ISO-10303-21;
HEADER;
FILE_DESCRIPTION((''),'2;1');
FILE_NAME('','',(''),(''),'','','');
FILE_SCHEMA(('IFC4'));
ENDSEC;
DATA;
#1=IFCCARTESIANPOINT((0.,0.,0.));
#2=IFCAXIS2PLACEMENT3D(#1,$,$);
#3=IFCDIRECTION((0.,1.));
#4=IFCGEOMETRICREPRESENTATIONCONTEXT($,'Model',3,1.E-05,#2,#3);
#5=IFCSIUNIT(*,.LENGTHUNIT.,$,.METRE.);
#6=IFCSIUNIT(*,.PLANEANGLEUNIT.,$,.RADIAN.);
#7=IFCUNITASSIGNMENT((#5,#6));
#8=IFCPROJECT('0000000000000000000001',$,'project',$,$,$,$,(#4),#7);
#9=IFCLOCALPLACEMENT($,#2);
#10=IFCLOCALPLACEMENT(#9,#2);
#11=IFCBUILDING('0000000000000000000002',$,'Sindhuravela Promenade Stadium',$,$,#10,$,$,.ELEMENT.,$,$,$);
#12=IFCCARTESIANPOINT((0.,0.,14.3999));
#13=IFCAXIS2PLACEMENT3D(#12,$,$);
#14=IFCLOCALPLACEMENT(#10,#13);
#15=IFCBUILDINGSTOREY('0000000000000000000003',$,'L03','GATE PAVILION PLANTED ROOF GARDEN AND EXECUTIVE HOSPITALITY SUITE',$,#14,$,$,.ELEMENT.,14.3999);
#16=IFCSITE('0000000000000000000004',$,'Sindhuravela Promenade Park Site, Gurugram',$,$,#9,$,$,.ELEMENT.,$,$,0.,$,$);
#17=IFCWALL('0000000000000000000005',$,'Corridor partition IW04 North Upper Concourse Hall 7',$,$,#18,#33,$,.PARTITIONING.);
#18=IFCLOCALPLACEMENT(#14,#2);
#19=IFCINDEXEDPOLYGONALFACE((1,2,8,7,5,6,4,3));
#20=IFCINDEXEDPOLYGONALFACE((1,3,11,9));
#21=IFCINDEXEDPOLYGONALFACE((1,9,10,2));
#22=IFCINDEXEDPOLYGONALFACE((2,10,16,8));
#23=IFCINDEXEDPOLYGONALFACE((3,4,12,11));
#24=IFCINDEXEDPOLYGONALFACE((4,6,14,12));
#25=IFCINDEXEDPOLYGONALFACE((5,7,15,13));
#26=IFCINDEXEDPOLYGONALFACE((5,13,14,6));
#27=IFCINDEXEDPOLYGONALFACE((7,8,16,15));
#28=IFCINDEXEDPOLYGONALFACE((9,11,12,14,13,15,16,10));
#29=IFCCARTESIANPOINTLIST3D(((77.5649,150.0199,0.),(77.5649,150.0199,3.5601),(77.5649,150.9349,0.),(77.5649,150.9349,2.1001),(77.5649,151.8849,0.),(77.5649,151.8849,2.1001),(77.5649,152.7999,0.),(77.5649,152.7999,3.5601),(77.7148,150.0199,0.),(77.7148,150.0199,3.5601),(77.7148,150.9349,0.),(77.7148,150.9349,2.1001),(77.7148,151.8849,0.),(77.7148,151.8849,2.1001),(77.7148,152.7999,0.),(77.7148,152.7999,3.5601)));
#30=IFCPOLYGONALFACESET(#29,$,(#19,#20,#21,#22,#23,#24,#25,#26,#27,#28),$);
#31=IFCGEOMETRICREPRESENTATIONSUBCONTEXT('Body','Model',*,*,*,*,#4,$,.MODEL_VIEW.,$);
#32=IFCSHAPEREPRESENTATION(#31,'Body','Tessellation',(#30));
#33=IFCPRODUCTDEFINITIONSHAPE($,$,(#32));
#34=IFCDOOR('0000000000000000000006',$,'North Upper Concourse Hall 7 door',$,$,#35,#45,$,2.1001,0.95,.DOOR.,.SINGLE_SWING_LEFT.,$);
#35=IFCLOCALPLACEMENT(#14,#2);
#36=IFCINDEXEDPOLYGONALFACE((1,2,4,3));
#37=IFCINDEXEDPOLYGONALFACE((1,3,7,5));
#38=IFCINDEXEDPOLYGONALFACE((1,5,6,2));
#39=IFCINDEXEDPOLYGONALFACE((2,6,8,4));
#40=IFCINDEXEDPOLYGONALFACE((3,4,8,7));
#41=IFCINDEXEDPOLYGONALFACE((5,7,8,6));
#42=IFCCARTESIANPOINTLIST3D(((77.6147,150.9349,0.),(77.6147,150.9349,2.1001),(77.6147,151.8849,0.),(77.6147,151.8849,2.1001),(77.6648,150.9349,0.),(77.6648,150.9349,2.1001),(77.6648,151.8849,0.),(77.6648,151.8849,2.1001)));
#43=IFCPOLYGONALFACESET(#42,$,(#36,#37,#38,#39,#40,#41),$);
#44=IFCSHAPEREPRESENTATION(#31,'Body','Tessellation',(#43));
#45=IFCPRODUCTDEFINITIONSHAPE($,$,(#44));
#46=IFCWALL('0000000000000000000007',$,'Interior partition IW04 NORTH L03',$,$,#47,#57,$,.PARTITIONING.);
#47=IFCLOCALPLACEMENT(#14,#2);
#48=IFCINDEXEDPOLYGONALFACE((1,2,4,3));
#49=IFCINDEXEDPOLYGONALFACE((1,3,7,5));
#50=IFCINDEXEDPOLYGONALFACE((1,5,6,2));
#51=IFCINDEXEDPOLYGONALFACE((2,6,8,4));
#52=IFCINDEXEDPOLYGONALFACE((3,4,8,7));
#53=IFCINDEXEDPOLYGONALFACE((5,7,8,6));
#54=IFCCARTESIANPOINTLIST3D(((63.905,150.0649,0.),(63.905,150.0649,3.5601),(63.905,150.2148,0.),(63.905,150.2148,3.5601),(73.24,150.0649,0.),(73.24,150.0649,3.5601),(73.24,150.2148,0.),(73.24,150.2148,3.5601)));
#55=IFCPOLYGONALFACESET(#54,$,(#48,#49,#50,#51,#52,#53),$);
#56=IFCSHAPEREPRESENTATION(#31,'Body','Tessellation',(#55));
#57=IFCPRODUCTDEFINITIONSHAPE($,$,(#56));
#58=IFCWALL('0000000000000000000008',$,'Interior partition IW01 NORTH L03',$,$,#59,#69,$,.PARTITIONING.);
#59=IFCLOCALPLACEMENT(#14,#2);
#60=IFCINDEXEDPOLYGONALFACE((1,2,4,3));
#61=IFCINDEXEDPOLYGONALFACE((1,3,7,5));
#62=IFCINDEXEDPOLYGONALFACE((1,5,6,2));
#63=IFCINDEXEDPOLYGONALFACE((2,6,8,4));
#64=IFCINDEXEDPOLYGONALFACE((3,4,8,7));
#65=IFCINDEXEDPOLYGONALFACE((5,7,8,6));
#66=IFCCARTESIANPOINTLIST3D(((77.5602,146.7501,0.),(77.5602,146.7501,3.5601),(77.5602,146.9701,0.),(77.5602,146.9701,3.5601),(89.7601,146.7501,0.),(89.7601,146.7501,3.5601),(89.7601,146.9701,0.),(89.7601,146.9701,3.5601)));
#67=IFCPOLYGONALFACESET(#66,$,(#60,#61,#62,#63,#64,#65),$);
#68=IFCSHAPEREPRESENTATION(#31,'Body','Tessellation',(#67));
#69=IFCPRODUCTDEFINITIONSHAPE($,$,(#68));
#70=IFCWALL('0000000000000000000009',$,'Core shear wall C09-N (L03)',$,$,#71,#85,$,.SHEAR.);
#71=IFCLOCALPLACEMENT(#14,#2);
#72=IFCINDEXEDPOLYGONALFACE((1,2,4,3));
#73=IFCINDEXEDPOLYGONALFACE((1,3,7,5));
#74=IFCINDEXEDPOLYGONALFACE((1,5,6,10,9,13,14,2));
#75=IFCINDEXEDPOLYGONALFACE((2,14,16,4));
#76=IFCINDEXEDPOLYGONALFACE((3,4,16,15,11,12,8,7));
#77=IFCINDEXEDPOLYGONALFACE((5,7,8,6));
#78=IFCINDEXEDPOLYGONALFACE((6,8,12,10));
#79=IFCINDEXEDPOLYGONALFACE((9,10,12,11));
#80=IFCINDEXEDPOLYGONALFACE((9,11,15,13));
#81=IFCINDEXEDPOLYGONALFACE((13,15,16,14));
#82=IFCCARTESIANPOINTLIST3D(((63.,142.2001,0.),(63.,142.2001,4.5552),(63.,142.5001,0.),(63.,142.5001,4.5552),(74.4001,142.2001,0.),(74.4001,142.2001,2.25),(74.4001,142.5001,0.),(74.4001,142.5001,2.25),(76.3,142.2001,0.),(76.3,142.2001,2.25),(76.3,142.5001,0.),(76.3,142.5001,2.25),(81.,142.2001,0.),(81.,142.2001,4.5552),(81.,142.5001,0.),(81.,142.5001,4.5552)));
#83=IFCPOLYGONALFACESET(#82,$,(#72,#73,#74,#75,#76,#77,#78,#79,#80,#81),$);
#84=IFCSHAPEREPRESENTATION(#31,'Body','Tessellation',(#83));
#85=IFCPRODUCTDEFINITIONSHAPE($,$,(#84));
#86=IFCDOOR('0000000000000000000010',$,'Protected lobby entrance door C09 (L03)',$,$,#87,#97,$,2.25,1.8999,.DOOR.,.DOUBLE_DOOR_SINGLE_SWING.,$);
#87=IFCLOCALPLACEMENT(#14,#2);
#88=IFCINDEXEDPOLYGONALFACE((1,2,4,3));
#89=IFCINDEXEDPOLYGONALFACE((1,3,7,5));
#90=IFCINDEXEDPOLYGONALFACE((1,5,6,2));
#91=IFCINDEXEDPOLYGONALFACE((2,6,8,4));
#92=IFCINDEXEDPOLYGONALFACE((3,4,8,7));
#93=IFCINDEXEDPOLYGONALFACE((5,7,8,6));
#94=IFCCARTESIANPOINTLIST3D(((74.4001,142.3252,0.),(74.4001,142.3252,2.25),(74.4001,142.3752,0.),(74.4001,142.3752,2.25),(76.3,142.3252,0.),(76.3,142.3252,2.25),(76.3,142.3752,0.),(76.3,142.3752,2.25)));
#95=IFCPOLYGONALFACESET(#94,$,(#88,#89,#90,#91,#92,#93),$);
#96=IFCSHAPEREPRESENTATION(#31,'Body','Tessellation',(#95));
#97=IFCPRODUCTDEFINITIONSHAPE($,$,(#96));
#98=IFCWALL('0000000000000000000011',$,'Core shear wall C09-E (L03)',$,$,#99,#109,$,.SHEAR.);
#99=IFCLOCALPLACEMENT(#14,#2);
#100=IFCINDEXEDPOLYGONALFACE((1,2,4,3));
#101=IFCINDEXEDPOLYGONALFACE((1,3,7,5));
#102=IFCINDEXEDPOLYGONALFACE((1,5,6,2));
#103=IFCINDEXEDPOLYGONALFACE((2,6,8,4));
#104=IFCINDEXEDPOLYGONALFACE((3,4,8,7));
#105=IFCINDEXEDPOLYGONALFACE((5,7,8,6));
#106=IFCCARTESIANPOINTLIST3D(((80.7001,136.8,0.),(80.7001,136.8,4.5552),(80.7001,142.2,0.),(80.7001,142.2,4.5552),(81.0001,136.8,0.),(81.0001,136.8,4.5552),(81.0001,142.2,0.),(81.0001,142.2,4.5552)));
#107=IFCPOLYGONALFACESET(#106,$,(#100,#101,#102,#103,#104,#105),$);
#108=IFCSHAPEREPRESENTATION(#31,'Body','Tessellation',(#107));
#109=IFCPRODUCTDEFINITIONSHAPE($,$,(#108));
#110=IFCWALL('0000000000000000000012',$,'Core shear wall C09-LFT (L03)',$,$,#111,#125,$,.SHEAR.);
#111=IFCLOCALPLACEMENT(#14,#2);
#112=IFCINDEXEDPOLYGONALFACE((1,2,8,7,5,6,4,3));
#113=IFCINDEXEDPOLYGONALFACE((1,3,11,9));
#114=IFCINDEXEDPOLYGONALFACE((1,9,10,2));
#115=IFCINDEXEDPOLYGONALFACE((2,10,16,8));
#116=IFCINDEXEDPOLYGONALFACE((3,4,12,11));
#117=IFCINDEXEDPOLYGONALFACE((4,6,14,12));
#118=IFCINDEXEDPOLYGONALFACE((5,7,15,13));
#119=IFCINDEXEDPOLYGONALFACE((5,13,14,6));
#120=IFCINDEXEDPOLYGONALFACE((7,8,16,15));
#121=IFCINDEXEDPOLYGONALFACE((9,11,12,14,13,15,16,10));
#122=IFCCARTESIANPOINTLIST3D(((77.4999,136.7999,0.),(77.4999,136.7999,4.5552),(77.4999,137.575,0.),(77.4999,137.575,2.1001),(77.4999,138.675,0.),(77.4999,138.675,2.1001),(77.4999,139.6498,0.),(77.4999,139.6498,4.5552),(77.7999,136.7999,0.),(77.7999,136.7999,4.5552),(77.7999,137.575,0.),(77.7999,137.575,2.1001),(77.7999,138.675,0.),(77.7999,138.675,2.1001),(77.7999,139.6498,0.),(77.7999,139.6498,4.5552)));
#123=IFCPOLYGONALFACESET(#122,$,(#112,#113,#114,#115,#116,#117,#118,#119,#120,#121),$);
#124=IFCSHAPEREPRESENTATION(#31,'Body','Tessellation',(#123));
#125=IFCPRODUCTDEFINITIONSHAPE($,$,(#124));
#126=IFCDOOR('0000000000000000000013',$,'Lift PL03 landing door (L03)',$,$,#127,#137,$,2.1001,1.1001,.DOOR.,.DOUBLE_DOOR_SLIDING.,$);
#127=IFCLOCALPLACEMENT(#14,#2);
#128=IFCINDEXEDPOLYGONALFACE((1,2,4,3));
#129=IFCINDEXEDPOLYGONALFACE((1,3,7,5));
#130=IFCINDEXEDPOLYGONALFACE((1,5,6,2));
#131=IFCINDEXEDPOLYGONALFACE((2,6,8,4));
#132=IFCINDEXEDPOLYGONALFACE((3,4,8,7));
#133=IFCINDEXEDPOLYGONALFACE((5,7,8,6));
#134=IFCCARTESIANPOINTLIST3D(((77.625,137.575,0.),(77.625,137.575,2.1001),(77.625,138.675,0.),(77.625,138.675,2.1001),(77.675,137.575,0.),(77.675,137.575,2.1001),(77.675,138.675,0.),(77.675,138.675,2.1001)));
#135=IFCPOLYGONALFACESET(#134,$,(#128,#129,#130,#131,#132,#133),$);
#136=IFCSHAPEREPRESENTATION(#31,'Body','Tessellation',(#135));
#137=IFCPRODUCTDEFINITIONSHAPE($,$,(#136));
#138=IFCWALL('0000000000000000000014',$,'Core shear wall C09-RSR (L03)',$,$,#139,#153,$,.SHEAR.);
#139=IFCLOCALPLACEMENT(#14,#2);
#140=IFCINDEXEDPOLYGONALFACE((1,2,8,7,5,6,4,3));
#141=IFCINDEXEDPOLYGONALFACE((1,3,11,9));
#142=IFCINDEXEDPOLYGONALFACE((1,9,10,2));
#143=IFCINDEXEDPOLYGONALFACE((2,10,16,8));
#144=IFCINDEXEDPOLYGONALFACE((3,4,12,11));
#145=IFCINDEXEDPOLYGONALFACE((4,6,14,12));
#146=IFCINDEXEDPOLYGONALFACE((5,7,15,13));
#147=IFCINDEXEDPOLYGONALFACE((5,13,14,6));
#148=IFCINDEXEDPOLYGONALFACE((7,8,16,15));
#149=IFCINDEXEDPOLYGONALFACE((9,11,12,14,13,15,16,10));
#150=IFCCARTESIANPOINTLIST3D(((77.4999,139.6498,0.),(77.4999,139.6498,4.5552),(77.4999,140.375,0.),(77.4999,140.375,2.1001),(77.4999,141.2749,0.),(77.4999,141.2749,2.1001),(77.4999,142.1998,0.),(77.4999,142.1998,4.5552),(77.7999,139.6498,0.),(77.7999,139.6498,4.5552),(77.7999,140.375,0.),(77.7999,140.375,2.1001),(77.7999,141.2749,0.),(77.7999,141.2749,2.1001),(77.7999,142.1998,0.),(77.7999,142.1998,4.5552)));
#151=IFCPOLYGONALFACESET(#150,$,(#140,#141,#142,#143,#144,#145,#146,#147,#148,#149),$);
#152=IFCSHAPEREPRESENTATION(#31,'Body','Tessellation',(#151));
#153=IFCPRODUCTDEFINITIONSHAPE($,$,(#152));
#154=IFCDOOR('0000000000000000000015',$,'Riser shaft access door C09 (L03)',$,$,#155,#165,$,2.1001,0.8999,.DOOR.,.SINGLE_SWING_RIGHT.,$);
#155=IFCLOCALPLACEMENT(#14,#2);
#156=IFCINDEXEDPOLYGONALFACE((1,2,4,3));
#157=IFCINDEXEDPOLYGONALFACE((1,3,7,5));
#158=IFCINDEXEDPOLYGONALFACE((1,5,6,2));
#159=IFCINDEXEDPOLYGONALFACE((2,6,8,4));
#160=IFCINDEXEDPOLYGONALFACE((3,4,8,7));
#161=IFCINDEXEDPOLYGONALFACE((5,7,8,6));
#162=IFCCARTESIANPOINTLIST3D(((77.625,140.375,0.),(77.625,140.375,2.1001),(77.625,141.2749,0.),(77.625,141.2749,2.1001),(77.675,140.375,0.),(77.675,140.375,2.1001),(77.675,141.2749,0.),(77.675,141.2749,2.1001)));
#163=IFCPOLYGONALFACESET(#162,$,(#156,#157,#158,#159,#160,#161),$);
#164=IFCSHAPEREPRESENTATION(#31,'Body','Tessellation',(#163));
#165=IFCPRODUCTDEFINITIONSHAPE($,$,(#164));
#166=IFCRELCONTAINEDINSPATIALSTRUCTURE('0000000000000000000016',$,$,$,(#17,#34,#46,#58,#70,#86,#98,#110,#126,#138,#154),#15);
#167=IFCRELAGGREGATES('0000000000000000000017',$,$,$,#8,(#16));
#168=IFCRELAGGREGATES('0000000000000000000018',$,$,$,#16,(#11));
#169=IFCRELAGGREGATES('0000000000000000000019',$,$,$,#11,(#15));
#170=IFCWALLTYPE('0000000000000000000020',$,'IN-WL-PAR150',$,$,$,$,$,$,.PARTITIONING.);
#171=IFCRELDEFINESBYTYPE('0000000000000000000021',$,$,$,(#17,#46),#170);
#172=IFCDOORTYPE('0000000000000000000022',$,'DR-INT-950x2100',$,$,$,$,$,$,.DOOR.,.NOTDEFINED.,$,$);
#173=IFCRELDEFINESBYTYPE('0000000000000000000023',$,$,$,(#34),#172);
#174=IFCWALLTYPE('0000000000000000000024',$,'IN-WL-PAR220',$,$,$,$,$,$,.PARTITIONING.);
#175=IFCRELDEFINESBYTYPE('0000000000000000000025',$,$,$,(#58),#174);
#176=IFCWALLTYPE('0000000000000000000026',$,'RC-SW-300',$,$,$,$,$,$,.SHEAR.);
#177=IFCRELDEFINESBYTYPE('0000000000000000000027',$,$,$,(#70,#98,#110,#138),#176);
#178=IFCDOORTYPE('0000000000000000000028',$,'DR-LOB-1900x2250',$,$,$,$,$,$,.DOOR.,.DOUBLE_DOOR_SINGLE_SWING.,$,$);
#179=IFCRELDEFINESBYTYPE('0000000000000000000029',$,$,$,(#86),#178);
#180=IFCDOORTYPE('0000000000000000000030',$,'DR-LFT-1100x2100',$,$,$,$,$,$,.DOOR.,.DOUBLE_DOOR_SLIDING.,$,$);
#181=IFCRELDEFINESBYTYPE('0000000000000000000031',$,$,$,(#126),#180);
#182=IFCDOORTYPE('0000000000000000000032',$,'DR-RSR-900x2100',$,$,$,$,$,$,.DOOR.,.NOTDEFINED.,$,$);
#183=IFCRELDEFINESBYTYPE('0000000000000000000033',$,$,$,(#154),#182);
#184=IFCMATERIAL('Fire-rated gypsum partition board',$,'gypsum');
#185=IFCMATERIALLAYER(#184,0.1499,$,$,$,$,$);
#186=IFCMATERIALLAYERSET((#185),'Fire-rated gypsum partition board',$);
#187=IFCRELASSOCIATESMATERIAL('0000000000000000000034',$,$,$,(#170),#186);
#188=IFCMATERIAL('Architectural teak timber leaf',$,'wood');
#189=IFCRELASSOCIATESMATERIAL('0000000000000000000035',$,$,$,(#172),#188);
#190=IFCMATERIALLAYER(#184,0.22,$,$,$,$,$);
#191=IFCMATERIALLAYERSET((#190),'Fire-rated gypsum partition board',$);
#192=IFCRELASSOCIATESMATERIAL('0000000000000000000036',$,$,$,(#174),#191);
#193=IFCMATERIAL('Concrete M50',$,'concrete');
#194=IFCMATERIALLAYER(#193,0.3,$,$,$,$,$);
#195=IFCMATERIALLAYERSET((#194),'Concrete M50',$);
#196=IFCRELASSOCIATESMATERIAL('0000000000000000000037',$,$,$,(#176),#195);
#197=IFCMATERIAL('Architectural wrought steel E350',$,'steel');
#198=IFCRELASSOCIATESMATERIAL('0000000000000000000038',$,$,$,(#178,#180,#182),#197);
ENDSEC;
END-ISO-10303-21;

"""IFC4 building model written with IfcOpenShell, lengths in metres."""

from ifc_helpers import new_model, si_unit, direction, frame, frame_2d, origin, place, context, subcontext, project, spatial, rectangle, extrude, material, layer, layer_set, type_object, element, fill, save


model = new_model("IFC4")

# Units and contexts
model_context = context("Model", 3, precision=1e-05, world=origin(), true_north=direction((0.0, 1.0)))
body_context = subcontext(model_context, "Body", "Model", "MODEL_VIEW")
ifc_project = project(units=[si_unit("LENGTHUNIT", "METRE"), si_unit("PLANEANGLEUNIT", "RADIAN")], contexts=[model_context])

# Site, building, storey
site_placement = place(None, origin())
site = spatial("IfcSite", under=ifc_project, at=site_placement, Name="Sindhuravela Promenade Park Site, Gurugram", CompositionType="ELEMENT", RefElevation=0.0)
building_placement = place(site_placement, origin())
building = spatial("IfcBuilding", under=site, at=building_placement, Name="Sindhuravela Promenade Stadium", CompositionType="ELEMENT")
storey_placement = place(building_placement, frame((0.0, 0.0, 14.3999)))
storey = spatial("IfcBuildingStorey", under=building, at=storey_placement, Name="L03", Description="GATE PAVILION PLANTED ROOF GARDEN AND EXECUTIVE HOSPITALITY SUITE", CompositionType="ELEMENT", Elevation=14.3999)

# Wall, opening, door
ifc_material_1 = material(Name="Fire-rated gypsum partition board", Category="gypsum")
ifc_material_2 = material(Name="Architectural teak timber leaf", Category="wood")
ifc_layer_1 = layer(ifc_material_1, 0.1499)
ifc_layer_set_1 = layer_set([ifc_layer_1], Name="Fire-rated gypsum partition board")
wall_type_1 = type_object("IfcWallType", Name="IN-WL-PAR150", PredefinedType="PARTITIONING", material=ifc_layer_set_1)
wall_1_placement = place(storey_placement, frame((77.6399, 152.8, 0.0), z_axis=(0.0, 0.0, 1.0), x_axis=(0.0, -1.0, 0.0)))
wall_1 = element("IfcWall", 1, at=wall_1_placement, inside=storey, type_object=wall_type_1, Name="Corridor partition IW04 North Upper Concourse Hall 7", PredefinedType="PARTITIONING", context=body_context, shape_type="SweptSolid", body=[
    extrude(rectangle(XDim=2.78, YDim=0.1499, at=frame_2d((1.3901, 0.0))), origin(), (0.0, 0.0, 1.0), 3.5601),
])
opening_1_placement = place(wall_1_placement, frame((0.915, 0.0, 0.0)))
opening_1 = element("IfcOpeningElement", 2, at=opening_1_placement, cuts=wall_1, PredefinedType="OPENING", context=body_context, shape_type="SweptSolid", body=[
    extrude(rectangle(XDim=0.95, YDim=2.1001, at=frame_2d((0.4751, 1.05))), frame((0.0, 0.085, 0.0), z_axis=(0.0, -1.0, 0.0), x_axis=(1.0, 0.0, 0.0)), (0.0, 0.0, 1.0), 0.1699),
])
door_type_1 = type_object("IfcDoorType", Name="DR-INT-950x2100", OperationType="NOTDEFINED", PredefinedType="DOOR", material=ifc_material_2)
door_1_placement = place(opening_1_placement, origin())
door_1 = element("IfcDoor", 3, at=door_1_placement, inside=storey, type_object=door_type_1, Name="North Upper Concourse Hall 7 door", OperationType="SINGLE_SWING_LEFT", OverallHeight=2.1001, OverallWidth=0.95, PredefinedType="DOOR", context=body_context, shape_type="SweptSolid", body=[
    extrude(rectangle(XDim=0.95, YDim=2.1001, at=frame_2d((0.4751, 1.05))), frame((0.0, 0.0249, 0.0), z_axis=(0.0, -1.0, 0.0), x_axis=(1.0, 0.0, 0.0)), (0.0, 0.0, 1.0), 0.05),
])
fill(opening_1, door_1)

# Walls
wall_2_placement = place(storey_placement, frame((73.24, 150.1399, 0.0), z_axis=(0.0, 0.0, 1.0), x_axis=(-1.0, 0.0, 0.0)))
element("IfcWall", 4, at=wall_2_placement, inside=storey, type_object=wall_type_1, Name="Interior partition IW04 NORTH L03", PredefinedType="PARTITIONING", context=body_context, shape_type="SweptSolid", body=[
    extrude(rectangle(XDim=9.335, YDim=0.1499, at=frame_2d((4.6675, 0.0))), origin(), (0.0, 0.0, 1.0), 3.5601),
])
ifc_layer_2 = layer(ifc_material_1, 0.22)
ifc_layer_set_2 = layer_set([ifc_layer_2], Name="Fire-rated gypsum partition board")
wall_type_2 = type_object("IfcWallType", Name="IN-WL-PAR220", PredefinedType="PARTITIONING", material=ifc_layer_set_2)
wall_3_placement = place(storey_placement, frame((77.5601, 146.8601, 0.0), z_axis=(0.0, 0.0, 1.0), x_axis=(1.0, 0.0, 0.0)))
element("IfcWall", 5, at=wall_3_placement, inside=storey, type_object=wall_type_2, Name="Interior partition IW01 NORTH L03", PredefinedType="PARTITIONING", context=body_context, shape_type="SweptSolid", body=[
    extrude(rectangle(XDim=12.2, YDim=0.22, at=frame_2d((6.1001, 0.0))), origin(), (0.0, 0.0, 1.0), 3.5601),
])

# Wall, opening, door
ifc_material_3 = material(Name="Concrete M50", Category="concrete")
ifc_layer_3 = layer(ifc_material_3, 0.3)
ifc_layer_set_3 = layer_set([ifc_layer_3], Name="Concrete M50")
wall_type_3 = type_object("IfcWallType", Name="RC-SW-300", PredefinedType="SHEAR", material=ifc_layer_set_3)
wall_4_placement = place(storey_placement, frame((81.0, 142.3501, 0.0), z_axis=(0.0, 0.0, 1.0), x_axis=(-1.0, 0.0, 0.0)))
wall_4 = element("IfcWall", 6, at=wall_4_placement, inside=storey, type_object=wall_type_3, Name="Core shear wall C09-N (L03)", PredefinedType="SHEAR", context=body_context, shape_type="SweptSolid", body=[
    extrude(rectangle(XDim=18.0, YDim=0.3, at=frame_2d((9.0, 0.0))), origin(), (0.0, 0.0, 1.0), 4.5552),
])
opening_2_placement = place(wall_4_placement, frame((4.7, 0.0, 0.0)))
opening_2 = element("IfcOpeningElement", 7, at=opening_2_placement, cuts=wall_4, PredefinedType="OPENING", context=body_context, shape_type="SweptSolid", body=[
    extrude(rectangle(XDim=1.8999, YDim=2.25, at=frame_2d((0.95, 1.125))), frame((0.0, 0.1599, 0.0), z_axis=(0.0, -1.0, 0.0), x_axis=(1.0, 0.0, 0.0)), (0.0, 0.0, 1.0), 0.3201),
])
ifc_material_4 = material(Name="Architectural wrought steel E350", Category="steel")
door_type_2 = type_object("IfcDoorType", Name="DR-LOB-1900x2250", OperationType="DOUBLE_DOOR_SINGLE_SWING", PredefinedType="DOOR", material=ifc_material_4)
door_2_placement = place(opening_2_placement, origin())
door_2 = element("IfcDoor", 8, at=door_2_placement, inside=storey, type_object=door_type_2, Name="Protected lobby entrance door C09 (L03)", OperationType="DOUBLE_DOOR_SINGLE_SWING", OverallHeight=2.25, OverallWidth=1.8999, PredefinedType="DOOR", context=body_context, shape_type="SweptSolid", body=[
    extrude(rectangle(XDim=1.8999, YDim=2.25, at=frame_2d((0.95, 1.125))), frame((0.0, 0.0249, 0.0), z_axis=(0.0, -1.0, 0.0), x_axis=(1.0, 0.0, 0.0)), (0.0, 0.0, 1.0), 0.05),
])
fill(opening_2, door_2)

# Wall
wall_5_placement = place(storey_placement, frame((80.8501, 136.8, 0.0), z_axis=(0.0, 0.0, 1.0), x_axis=(0.0, 1.0, 0.0)))
element("IfcWall", 9, at=wall_5_placement, inside=storey, type_object=wall_type_3, Name="Core shear wall C09-E (L03)", PredefinedType="SHEAR", context=body_context, shape_type="SweptSolid", body=[
    extrude(rectangle(XDim=5.3999, YDim=0.3, at=frame_2d((2.7, 0.0))), origin(), (0.0, 0.0, 1.0), 4.5552),
])

# Walls, openings, doors
wall_6_placement = place(storey_placement, frame((77.6499, 136.8, 0.0), z_axis=(0.0, 0.0, 1.0), x_axis=(0.0, 1.0, 0.0)))
wall_6 = element("IfcWall", 10, at=wall_6_placement, inside=storey, type_object=wall_type_3, Name="Core shear wall C09-LFT (L03)", PredefinedType="SHEAR", context=body_context, shape_type="SweptSolid", body=[
    extrude(rectangle(XDim=2.8499, YDim=0.3, at=frame_2d((1.4248, 0.0))), origin(), (0.0, 0.0, 1.0), 4.5552),
])
opening_3_placement = place(wall_6_placement, frame((0.7749, 0.0, 0.0)))
opening_3 = element("IfcOpeningElement", 11, at=opening_3_placement, cuts=wall_6, PredefinedType="OPENING", context=body_context, shape_type="SweptSolid", body=[
    extrude(rectangle(XDim=1.1001, YDim=2.1001, at=frame_2d((0.55, 1.05))), frame((0.0, 0.1599, 0.0), z_axis=(0.0, -1.0, 0.0), x_axis=(1.0, 0.0, 0.0)), (0.0, 0.0, 1.0), 0.3201),
])
door_type_3 = type_object("IfcDoorType", Name="DR-LFT-1100x2100", OperationType="DOUBLE_DOOR_SLIDING", PredefinedType="DOOR", material=ifc_material_4)
door_3_placement = place(opening_3_placement, origin())
door_3 = element("IfcDoor", 12, at=door_3_placement, inside=storey, type_object=door_type_3, Name="Lift PL03 landing door (L03)", OperationType="DOUBLE_DOOR_SLIDING", OverallHeight=2.1001, OverallWidth=1.1001, PredefinedType="DOOR", context=body_context, shape_type="SweptSolid", body=[
    extrude(rectangle(XDim=1.1001, YDim=2.1001, at=frame_2d((0.55, 1.05))), frame((0.0, 0.0249, 0.0), z_axis=(0.0, -1.0, 0.0), x_axis=(1.0, 0.0, 0.0)), (0.0, 0.0, 1.0), 0.05),
])
fill(opening_3, door_3)
wall_7_placement = place(storey_placement, frame((77.6499, 139.6499, 0.0), z_axis=(0.0, 0.0, 1.0), x_axis=(0.0, 1.0, 0.0)))
wall_7 = element("IfcWall", 13, at=wall_7_placement, inside=storey, type_object=wall_type_3, Name="Core shear wall C09-RSR (L03)", PredefinedType="SHEAR", context=body_context, shape_type="SweptSolid", body=[
    extrude(rectangle(XDim=2.55, YDim=0.3, at=frame_2d((1.2749, 0.0))), origin(), (0.0, 0.0, 1.0), 4.5552),
])
opening_4_placement = place(wall_7_placement, frame((0.7251, 0.0, 0.0)))
opening_4 = element("IfcOpeningElement", 14, at=opening_4_placement, cuts=wall_7, PredefinedType="OPENING", context=body_context, shape_type="SweptSolid", body=[
    extrude(rectangle(XDim=0.8999, YDim=2.1001, at=frame_2d((0.45, 1.05))), frame((0.0, 0.1599, 0.0), z_axis=(0.0, -1.0, 0.0), x_axis=(1.0, 0.0, 0.0)), (0.0, 0.0, 1.0), 0.3201),
])
door_type_4 = type_object("IfcDoorType", Name="DR-RSR-900x2100", OperationType="NOTDEFINED", PredefinedType="DOOR", material=ifc_material_4)
door_4_placement = place(opening_4_placement, origin())
door_4 = element("IfcDoor", 15, at=door_4_placement, inside=storey, type_object=door_type_4, Name="Riser shaft access door C09 (L03)", OperationType="SINGLE_SWING_RIGHT", OverallHeight=2.1001, OverallWidth=0.8999, PredefinedType="DOOR", context=body_context, shape_type="SweptSolid", body=[
    extrude(rectangle(XDim=0.8999, YDim=2.1001, at=frame_2d((0.45, 1.05))), frame((0.0, 0.0249, 0.0), z_axis=(0.0, -1.0, 0.0), x_axis=(1.0, 0.0, 0.0)), (0.0, 0.0, 1.0), 0.05),
])
fill(opening_4, door_4)

save(model, "model.ifc")
